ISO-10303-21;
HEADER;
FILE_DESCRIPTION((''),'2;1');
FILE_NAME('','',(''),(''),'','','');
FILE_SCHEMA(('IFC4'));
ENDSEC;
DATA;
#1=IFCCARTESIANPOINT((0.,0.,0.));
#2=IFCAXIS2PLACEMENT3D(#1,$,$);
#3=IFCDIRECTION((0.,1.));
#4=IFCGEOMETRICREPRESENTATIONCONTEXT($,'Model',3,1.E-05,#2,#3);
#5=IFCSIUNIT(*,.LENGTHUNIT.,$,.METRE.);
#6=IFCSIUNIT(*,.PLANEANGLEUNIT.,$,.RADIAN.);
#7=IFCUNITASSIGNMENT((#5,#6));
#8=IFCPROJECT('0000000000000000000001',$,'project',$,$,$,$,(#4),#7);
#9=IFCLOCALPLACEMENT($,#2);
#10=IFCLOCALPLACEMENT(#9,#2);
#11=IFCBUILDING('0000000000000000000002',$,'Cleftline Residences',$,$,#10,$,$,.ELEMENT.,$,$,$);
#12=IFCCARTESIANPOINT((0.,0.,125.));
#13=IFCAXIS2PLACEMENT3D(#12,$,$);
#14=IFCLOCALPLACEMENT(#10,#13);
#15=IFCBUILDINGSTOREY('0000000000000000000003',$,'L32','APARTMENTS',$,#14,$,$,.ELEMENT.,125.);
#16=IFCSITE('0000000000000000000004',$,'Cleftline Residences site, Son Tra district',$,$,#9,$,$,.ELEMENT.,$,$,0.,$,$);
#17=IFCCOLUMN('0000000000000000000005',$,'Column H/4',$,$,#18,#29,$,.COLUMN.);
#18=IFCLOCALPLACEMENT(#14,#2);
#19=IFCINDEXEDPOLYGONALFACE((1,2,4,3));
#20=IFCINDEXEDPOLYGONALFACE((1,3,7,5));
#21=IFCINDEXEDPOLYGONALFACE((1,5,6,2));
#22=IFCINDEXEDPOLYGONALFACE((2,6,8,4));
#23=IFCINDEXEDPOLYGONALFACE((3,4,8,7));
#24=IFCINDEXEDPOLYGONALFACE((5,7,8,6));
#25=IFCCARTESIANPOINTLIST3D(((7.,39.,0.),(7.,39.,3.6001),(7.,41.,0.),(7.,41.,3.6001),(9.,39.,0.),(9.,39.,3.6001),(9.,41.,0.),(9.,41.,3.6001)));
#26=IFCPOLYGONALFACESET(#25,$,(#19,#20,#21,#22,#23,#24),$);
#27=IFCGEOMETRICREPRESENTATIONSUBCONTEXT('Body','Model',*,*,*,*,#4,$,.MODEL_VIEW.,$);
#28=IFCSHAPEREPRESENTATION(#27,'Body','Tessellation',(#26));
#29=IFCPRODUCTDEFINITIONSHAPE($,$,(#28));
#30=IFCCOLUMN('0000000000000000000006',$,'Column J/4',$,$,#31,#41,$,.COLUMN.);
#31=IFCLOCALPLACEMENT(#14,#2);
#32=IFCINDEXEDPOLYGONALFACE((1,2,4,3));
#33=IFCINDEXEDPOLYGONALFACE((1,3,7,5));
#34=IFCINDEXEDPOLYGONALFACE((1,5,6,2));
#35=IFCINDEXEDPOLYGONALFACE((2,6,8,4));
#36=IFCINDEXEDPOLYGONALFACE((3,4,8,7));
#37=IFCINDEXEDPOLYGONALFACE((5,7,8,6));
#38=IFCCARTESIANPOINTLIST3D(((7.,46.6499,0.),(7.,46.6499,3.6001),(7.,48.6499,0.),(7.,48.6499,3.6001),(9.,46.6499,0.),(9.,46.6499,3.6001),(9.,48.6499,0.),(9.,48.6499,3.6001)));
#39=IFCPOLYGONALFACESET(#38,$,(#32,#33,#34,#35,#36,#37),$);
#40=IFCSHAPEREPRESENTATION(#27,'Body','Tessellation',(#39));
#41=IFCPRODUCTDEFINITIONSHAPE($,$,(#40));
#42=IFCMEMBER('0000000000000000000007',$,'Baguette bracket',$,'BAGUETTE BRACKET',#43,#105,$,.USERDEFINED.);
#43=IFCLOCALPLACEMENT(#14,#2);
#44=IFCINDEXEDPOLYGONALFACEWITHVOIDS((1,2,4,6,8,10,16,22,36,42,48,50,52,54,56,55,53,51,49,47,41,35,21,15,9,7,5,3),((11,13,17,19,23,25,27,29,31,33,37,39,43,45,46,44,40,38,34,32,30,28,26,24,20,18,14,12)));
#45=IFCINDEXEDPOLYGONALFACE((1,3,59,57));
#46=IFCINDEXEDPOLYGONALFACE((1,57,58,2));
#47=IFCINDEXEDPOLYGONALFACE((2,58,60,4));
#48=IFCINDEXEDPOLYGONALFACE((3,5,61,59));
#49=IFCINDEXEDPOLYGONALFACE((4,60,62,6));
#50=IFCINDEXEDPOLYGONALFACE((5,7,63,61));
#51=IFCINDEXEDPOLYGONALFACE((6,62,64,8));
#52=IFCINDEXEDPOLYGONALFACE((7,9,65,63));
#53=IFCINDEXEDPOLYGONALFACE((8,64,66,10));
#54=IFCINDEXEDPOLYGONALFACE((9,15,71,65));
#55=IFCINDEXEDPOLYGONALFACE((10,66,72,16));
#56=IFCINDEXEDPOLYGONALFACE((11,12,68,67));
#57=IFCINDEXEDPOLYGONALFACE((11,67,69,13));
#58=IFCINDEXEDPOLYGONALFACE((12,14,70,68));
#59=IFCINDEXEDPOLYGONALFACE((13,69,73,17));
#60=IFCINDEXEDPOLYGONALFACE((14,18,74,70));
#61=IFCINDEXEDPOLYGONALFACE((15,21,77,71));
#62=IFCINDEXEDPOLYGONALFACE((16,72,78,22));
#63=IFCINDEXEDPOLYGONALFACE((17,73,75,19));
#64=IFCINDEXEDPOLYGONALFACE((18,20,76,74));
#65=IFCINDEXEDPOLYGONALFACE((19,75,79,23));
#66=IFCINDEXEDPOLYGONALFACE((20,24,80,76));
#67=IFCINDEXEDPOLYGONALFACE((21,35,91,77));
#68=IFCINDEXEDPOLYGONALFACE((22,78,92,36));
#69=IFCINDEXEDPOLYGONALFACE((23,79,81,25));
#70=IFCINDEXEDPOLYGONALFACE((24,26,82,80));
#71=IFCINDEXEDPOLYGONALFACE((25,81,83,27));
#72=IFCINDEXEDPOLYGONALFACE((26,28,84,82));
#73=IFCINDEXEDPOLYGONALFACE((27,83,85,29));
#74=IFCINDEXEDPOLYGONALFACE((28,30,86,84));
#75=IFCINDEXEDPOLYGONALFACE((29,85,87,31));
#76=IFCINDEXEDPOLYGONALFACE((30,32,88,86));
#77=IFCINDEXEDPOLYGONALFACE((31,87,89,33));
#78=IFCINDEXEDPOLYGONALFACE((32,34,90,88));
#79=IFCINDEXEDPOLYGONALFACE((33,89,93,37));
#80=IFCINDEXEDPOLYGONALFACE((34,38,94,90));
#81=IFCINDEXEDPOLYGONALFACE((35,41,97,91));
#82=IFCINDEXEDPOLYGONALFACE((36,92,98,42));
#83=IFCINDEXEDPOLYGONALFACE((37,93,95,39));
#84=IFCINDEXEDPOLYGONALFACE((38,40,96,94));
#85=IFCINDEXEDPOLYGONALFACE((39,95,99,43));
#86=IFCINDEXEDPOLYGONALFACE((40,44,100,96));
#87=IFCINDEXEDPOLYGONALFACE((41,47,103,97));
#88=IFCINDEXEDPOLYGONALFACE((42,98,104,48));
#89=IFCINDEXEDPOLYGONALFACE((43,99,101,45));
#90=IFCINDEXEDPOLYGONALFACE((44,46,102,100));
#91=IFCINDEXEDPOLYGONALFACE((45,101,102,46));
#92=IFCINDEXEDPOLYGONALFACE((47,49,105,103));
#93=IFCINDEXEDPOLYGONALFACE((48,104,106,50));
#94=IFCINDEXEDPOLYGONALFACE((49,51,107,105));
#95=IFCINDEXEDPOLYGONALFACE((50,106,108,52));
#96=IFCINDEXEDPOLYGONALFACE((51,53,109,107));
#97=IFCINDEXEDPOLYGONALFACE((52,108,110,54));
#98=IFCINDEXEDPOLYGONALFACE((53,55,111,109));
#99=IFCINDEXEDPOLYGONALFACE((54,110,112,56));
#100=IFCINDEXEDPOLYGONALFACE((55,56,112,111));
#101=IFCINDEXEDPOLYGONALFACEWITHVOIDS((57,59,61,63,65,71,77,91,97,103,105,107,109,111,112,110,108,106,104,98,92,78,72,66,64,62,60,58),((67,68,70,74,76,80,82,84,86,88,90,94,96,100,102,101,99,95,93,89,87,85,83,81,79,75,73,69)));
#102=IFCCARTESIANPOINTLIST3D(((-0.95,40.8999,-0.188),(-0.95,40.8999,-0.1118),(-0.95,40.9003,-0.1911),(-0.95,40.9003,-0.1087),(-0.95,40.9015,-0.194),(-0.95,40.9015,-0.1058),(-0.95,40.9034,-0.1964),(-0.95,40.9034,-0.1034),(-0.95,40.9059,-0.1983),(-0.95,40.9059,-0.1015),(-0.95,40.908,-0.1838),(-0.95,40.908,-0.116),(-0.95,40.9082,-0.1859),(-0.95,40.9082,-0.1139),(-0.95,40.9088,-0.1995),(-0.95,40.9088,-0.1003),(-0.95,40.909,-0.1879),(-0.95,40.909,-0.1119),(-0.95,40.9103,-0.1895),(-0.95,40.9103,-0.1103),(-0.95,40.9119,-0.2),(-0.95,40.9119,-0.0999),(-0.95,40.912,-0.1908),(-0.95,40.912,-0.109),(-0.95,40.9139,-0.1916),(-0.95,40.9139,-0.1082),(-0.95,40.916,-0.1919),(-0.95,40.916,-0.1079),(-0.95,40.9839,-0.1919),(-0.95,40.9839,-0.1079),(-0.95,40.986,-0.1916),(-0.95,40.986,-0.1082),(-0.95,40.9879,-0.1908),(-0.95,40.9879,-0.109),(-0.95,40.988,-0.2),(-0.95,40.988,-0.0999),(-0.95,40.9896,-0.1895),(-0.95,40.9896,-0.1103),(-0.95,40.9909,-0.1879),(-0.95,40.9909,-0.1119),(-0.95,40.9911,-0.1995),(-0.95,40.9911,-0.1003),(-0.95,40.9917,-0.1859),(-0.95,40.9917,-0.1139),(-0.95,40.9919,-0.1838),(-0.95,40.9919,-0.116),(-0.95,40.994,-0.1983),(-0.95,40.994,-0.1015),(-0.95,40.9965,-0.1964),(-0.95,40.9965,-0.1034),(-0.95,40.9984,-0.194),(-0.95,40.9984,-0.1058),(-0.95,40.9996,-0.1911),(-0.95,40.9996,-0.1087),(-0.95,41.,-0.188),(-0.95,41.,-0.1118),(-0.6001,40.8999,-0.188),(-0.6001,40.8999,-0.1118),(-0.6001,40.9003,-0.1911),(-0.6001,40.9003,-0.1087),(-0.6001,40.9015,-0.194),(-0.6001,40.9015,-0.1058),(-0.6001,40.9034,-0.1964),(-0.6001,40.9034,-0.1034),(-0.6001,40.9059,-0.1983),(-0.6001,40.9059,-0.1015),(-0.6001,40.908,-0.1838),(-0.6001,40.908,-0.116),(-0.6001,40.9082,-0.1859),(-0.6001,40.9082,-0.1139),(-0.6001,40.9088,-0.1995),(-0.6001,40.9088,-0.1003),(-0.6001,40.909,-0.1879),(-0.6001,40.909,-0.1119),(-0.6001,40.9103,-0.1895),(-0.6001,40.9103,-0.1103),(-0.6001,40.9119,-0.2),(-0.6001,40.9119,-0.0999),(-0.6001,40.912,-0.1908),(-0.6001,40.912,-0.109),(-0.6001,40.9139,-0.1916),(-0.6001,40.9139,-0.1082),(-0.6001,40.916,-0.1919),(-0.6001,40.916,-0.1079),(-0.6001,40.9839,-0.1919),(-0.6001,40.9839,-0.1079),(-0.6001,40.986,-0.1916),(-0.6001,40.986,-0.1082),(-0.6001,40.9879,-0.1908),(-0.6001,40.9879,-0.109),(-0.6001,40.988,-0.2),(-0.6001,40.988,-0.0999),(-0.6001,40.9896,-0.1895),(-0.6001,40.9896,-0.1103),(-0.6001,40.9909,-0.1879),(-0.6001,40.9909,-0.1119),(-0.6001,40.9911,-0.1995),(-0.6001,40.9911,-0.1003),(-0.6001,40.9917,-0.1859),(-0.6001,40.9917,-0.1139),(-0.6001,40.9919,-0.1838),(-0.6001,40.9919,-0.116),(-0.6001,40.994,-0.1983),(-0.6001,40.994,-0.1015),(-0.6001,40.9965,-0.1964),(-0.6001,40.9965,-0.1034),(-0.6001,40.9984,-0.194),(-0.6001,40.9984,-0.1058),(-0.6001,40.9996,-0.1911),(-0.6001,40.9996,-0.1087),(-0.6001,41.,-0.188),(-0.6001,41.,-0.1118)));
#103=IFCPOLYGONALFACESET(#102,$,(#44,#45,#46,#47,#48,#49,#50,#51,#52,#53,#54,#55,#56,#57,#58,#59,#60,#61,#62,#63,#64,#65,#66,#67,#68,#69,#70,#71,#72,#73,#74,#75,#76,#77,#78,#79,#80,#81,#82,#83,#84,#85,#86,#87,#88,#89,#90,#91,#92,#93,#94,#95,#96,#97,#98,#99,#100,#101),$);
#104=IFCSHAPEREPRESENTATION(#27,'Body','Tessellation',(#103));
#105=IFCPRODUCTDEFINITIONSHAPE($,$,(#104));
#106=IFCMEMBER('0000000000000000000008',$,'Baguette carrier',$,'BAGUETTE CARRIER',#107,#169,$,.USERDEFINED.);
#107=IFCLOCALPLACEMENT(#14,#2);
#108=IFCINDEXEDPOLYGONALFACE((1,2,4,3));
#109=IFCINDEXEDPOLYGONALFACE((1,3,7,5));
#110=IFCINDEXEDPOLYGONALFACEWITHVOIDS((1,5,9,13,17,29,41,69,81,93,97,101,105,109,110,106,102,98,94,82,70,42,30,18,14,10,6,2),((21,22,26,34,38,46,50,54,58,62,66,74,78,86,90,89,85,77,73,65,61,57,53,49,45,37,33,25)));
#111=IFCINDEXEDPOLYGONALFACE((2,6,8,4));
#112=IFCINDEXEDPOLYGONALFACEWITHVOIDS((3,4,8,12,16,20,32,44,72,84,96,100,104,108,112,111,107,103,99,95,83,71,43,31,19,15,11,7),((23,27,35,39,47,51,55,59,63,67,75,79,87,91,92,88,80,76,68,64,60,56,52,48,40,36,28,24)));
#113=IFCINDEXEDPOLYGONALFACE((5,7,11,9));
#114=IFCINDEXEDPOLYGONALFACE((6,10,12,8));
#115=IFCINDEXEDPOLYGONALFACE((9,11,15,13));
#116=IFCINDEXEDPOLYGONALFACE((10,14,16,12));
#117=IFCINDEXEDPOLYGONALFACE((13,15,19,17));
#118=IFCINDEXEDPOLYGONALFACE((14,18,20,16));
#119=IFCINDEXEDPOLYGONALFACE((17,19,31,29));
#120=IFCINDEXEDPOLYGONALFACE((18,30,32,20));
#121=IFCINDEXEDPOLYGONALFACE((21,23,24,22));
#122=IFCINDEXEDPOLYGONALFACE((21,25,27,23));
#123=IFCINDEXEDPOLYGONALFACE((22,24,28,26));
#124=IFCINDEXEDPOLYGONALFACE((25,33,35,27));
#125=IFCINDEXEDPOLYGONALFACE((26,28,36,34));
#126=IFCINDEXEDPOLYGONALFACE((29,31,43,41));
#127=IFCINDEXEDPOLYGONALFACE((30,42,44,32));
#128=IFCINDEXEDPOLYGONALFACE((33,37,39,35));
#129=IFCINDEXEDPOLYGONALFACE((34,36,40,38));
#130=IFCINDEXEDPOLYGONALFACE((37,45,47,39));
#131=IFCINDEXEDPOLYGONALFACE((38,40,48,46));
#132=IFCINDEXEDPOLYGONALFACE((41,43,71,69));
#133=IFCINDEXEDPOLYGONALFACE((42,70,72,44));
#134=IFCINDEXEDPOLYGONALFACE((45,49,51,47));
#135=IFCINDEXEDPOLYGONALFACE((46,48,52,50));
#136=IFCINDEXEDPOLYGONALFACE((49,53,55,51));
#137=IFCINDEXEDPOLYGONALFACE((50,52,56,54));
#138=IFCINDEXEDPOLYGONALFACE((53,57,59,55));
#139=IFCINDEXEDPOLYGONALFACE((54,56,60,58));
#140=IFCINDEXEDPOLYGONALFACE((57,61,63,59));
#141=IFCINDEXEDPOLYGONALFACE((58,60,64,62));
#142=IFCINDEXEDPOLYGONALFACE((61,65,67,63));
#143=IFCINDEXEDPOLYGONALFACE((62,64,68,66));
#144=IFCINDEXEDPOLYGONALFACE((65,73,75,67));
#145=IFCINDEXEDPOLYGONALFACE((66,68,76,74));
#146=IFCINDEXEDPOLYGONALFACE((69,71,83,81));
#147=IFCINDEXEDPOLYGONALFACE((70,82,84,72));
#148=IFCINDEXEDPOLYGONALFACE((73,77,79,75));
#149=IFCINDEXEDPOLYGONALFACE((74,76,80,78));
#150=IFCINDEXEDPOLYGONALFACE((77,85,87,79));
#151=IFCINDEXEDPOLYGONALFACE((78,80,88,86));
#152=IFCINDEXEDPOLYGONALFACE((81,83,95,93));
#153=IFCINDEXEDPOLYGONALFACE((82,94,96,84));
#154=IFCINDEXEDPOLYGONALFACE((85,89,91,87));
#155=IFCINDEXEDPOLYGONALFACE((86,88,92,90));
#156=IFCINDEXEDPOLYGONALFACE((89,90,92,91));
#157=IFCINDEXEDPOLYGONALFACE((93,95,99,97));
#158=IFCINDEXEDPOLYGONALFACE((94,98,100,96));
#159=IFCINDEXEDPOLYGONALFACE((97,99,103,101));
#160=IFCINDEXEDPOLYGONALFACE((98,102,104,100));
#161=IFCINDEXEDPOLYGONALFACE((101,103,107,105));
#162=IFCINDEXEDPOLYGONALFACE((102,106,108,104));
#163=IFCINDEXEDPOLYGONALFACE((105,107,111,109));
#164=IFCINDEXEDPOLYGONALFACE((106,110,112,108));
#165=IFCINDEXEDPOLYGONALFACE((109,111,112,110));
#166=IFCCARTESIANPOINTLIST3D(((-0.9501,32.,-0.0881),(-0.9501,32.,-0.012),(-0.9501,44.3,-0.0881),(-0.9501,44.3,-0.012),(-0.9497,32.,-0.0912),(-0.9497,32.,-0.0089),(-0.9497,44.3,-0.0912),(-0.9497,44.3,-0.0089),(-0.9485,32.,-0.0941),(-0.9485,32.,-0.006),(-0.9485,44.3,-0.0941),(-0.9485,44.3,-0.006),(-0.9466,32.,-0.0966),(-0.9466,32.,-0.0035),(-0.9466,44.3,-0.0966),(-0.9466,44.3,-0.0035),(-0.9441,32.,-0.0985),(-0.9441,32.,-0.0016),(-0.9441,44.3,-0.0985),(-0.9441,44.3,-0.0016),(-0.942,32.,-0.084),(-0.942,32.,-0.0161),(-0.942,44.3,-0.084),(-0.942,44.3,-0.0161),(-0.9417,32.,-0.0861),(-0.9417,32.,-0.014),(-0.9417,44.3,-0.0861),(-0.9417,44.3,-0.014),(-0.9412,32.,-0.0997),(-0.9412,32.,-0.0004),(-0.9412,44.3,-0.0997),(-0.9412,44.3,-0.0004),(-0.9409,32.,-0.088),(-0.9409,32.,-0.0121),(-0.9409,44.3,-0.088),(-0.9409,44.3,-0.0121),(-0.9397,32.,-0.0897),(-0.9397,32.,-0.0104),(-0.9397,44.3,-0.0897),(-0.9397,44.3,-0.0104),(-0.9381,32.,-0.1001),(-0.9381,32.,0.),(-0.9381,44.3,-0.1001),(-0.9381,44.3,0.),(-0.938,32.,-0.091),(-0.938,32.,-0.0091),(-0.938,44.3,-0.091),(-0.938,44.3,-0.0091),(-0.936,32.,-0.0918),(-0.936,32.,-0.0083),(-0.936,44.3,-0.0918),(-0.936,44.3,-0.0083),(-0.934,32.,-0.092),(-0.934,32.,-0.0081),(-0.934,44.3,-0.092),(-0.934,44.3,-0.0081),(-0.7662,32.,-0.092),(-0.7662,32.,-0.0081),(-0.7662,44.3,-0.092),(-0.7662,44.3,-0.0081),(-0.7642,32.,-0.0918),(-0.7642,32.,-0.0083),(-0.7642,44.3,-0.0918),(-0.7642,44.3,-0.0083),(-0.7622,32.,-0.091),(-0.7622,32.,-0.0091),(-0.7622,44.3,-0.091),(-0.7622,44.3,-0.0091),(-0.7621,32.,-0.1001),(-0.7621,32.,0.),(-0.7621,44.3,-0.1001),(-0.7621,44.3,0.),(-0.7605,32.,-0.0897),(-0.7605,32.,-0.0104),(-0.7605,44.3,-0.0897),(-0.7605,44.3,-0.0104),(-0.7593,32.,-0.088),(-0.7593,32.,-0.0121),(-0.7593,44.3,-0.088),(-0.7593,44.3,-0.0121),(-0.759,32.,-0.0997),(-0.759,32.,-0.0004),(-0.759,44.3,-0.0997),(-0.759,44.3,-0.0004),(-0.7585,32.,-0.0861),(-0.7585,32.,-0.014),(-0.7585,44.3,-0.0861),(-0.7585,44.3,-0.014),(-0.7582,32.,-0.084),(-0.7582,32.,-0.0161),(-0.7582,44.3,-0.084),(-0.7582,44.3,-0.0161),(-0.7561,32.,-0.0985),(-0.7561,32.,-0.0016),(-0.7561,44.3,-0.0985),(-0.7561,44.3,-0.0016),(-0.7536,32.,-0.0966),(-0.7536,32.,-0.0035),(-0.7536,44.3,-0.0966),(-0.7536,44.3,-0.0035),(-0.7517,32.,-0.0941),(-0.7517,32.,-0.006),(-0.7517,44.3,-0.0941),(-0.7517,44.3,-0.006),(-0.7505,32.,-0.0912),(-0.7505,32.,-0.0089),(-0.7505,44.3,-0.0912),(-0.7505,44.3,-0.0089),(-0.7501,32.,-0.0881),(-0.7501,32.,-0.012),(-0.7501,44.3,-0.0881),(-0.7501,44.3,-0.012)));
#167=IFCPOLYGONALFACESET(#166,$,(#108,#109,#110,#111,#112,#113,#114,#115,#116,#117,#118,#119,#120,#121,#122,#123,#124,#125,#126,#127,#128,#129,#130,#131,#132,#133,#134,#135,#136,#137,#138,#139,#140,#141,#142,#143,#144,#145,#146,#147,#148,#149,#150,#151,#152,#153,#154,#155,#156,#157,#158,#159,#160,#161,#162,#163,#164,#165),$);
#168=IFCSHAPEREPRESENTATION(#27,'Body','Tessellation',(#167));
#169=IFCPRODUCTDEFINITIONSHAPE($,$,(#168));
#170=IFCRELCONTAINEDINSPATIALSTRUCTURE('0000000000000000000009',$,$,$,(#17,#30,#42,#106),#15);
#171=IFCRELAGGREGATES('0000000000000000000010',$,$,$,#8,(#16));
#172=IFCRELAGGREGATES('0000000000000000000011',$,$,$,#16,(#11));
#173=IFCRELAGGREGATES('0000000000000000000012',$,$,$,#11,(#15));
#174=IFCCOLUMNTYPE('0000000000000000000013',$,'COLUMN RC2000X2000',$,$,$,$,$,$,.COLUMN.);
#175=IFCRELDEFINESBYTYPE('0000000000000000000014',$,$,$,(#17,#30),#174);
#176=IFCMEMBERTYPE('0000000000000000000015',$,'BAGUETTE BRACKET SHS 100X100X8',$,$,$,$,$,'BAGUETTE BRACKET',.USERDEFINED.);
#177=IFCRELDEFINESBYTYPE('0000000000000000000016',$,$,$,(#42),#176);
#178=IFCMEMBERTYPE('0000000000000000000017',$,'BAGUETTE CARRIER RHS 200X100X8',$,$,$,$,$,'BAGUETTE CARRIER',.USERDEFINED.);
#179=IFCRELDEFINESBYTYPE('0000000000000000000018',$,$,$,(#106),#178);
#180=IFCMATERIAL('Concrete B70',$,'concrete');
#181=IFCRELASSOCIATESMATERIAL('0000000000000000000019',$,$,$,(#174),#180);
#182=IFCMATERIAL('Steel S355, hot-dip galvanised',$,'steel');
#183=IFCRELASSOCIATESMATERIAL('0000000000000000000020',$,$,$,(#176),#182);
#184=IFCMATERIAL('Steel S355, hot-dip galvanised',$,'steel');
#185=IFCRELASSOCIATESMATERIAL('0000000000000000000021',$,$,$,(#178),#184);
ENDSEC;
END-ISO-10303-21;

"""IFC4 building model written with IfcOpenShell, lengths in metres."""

from ifc_helpers import new_model, si_unit, direction, frame, origin, origin_2d, place, context, subcontext, project, spatial, rectangle, hollow_rectangle, extrude, material, material_profile, profile_set, type_object, element, save


model = new_model("IFC4")

# Units and contexts
model_context = context("Model", 3, precision=1e-05, world=origin(), true_north=direction((0.0, 1.0)))
body_context = subcontext(model_context, "Body", "Model", "MODEL_VIEW")
ifc_project = project(units=[si_unit("LENGTHUNIT", "METRE"), si_unit("PLANEANGLEUNIT", "RADIAN")], contexts=[model_context])

# Site, building, storey
site_placement = place(None, origin())
site = spatial("IfcSite", under=ifc_project, at=site_placement, Name="Cleftline Residences site, Son Tra district", CompositionType="ELEMENT", RefElevation=0.0)
building_placement = place(site_placement, origin())
building = spatial("IfcBuilding", under=site, at=building_placement, Name="Cleftline Residences", CompositionType="ELEMENT")
storey_placement = place(building_placement, frame((0.0, 0.0, 125.0)))
storey = spatial("IfcBuildingStorey", under=building, at=storey_placement, Name="L32", Description="APARTMENTS", CompositionType="ELEMENT", Elevation=125.0)

# Columns
ifc_material_1 = material(Name="Concrete B70", Category="concrete")
ifc_material_profile_1 = material_profile(ifc_material_1, rectangle(XDim=2.0, YDim=2.0, at=origin_2d()))
ifc_profile_set_1 = profile_set([ifc_material_profile_1], Name="Concrete B70")
column_type = type_object("IfcColumnType", Name="COLUMN RC2000X2000", PredefinedType="COLUMN", material=ifc_profile_set_1)
for number, where, z_axis, x_axis, name in (
    (1, (8.0, 40.0, 0.0), (0.0, 0.0, 1.0), (1.0, 0.0, 0.0), "Column H/4"),
    (2, (8.0, 47.6499, 0.0), (0.0, 0.0, 1.0), (1.0, 0.0, 0.0), "Column J/4"),
):
    element("IfcColumn", number, at=place(storey_placement, frame(where, z_axis=z_axis, x_axis=x_axis)), inside=storey, type_object=column_type, Name=name, PredefinedType="COLUMN", context=body_context, shape_type="SweptSolid", body=[
        extrude(rectangle(XDim=2.0, YDim=2.0, at=origin_2d()), origin(), (0.0, 0.0, 1.0), 3.6001),
    ])

# Members
ifc_material_2 = material(Name="Steel S355, hot-dip galvanised", Category="steel")
ifc_material_profile_2 = material_profile(ifc_material_2, hollow_rectangle(XDim=0.1001, YDim=0.1001, WallThickness=0.0081, InnerFilletRadius=0.0081, OuterFilletRadius=0.012, at=origin_2d()))
ifc_profile_set_2 = profile_set([ifc_material_profile_2], Name="Steel S355, hot-dip galvanised")
member_type_1 = type_object("IfcMemberType", Name="BAGUETTE BRACKET SHS 100X100X8", ElementType="BAGUETTE BRACKET", PredefinedType="USERDEFINED", material=ifc_profile_set_2)
member_1_placement = place(storey_placement, frame((-0.6001, 40.95, -0.1499), z_axis=(-1.0, 0.0, 0.0), x_axis=(0.0, -1.0, 0.0)))
element("IfcMember", 3, at=member_1_placement, inside=storey, type_object=member_type_1, Name="Baguette bracket", ObjectType="BAGUETTE BRACKET", PredefinedType="USERDEFINED", context=body_context, shape_type="SweptSolid", body=[
    extrude(hollow_rectangle(XDim=0.1001, YDim=0.1001, WallThickness=0.0081, InnerFilletRadius=0.0081, OuterFilletRadius=0.012, at=origin_2d()), origin(), (0.0, 0.0, 1.0), 0.3499),
])
ifc_material_3 = material(Name="Steel S355, hot-dip galvanised", Category="steel")
ifc_material_profile_3 = material_profile(ifc_material_3, hollow_rectangle(XDim=0.1001, YDim=0.2, WallThickness=0.0081, InnerFilletRadius=0.0081, OuterFilletRadius=0.012, at=origin_2d()))
ifc_profile_set_3 = profile_set([ifc_material_profile_3], Name="Steel S355, hot-dip galvanised")
member_type_2 = type_object("IfcMemberType", Name="BAGUETTE CARRIER RHS 200X100X8", ElementType="BAGUETTE CARRIER", PredefinedType="USERDEFINED", material=ifc_profile_set_3)
member_2_placement = place(storey_placement, frame((-0.8501, 44.3, -0.05), z_axis=(0.0, -1.0, 0.0), x_axis=(0.0, 0.0, 1.0)))
element("IfcMember", 4, at=member_2_placement, inside=storey, type_object=member_type_2, Name="Baguette carrier", ObjectType="BAGUETTE CARRIER", PredefinedType="USERDEFINED", context=body_context, shape_type="SweptSolid", body=[
    extrude(hollow_rectangle(XDim=0.1001, YDim=0.2, WallThickness=0.0081, InnerFilletRadius=0.0081, OuterFilletRadius=0.012, at=origin_2d()), origin(), (0.0, 0.0, 1.0), 12.3),
])

save(model, "model.ifc")
